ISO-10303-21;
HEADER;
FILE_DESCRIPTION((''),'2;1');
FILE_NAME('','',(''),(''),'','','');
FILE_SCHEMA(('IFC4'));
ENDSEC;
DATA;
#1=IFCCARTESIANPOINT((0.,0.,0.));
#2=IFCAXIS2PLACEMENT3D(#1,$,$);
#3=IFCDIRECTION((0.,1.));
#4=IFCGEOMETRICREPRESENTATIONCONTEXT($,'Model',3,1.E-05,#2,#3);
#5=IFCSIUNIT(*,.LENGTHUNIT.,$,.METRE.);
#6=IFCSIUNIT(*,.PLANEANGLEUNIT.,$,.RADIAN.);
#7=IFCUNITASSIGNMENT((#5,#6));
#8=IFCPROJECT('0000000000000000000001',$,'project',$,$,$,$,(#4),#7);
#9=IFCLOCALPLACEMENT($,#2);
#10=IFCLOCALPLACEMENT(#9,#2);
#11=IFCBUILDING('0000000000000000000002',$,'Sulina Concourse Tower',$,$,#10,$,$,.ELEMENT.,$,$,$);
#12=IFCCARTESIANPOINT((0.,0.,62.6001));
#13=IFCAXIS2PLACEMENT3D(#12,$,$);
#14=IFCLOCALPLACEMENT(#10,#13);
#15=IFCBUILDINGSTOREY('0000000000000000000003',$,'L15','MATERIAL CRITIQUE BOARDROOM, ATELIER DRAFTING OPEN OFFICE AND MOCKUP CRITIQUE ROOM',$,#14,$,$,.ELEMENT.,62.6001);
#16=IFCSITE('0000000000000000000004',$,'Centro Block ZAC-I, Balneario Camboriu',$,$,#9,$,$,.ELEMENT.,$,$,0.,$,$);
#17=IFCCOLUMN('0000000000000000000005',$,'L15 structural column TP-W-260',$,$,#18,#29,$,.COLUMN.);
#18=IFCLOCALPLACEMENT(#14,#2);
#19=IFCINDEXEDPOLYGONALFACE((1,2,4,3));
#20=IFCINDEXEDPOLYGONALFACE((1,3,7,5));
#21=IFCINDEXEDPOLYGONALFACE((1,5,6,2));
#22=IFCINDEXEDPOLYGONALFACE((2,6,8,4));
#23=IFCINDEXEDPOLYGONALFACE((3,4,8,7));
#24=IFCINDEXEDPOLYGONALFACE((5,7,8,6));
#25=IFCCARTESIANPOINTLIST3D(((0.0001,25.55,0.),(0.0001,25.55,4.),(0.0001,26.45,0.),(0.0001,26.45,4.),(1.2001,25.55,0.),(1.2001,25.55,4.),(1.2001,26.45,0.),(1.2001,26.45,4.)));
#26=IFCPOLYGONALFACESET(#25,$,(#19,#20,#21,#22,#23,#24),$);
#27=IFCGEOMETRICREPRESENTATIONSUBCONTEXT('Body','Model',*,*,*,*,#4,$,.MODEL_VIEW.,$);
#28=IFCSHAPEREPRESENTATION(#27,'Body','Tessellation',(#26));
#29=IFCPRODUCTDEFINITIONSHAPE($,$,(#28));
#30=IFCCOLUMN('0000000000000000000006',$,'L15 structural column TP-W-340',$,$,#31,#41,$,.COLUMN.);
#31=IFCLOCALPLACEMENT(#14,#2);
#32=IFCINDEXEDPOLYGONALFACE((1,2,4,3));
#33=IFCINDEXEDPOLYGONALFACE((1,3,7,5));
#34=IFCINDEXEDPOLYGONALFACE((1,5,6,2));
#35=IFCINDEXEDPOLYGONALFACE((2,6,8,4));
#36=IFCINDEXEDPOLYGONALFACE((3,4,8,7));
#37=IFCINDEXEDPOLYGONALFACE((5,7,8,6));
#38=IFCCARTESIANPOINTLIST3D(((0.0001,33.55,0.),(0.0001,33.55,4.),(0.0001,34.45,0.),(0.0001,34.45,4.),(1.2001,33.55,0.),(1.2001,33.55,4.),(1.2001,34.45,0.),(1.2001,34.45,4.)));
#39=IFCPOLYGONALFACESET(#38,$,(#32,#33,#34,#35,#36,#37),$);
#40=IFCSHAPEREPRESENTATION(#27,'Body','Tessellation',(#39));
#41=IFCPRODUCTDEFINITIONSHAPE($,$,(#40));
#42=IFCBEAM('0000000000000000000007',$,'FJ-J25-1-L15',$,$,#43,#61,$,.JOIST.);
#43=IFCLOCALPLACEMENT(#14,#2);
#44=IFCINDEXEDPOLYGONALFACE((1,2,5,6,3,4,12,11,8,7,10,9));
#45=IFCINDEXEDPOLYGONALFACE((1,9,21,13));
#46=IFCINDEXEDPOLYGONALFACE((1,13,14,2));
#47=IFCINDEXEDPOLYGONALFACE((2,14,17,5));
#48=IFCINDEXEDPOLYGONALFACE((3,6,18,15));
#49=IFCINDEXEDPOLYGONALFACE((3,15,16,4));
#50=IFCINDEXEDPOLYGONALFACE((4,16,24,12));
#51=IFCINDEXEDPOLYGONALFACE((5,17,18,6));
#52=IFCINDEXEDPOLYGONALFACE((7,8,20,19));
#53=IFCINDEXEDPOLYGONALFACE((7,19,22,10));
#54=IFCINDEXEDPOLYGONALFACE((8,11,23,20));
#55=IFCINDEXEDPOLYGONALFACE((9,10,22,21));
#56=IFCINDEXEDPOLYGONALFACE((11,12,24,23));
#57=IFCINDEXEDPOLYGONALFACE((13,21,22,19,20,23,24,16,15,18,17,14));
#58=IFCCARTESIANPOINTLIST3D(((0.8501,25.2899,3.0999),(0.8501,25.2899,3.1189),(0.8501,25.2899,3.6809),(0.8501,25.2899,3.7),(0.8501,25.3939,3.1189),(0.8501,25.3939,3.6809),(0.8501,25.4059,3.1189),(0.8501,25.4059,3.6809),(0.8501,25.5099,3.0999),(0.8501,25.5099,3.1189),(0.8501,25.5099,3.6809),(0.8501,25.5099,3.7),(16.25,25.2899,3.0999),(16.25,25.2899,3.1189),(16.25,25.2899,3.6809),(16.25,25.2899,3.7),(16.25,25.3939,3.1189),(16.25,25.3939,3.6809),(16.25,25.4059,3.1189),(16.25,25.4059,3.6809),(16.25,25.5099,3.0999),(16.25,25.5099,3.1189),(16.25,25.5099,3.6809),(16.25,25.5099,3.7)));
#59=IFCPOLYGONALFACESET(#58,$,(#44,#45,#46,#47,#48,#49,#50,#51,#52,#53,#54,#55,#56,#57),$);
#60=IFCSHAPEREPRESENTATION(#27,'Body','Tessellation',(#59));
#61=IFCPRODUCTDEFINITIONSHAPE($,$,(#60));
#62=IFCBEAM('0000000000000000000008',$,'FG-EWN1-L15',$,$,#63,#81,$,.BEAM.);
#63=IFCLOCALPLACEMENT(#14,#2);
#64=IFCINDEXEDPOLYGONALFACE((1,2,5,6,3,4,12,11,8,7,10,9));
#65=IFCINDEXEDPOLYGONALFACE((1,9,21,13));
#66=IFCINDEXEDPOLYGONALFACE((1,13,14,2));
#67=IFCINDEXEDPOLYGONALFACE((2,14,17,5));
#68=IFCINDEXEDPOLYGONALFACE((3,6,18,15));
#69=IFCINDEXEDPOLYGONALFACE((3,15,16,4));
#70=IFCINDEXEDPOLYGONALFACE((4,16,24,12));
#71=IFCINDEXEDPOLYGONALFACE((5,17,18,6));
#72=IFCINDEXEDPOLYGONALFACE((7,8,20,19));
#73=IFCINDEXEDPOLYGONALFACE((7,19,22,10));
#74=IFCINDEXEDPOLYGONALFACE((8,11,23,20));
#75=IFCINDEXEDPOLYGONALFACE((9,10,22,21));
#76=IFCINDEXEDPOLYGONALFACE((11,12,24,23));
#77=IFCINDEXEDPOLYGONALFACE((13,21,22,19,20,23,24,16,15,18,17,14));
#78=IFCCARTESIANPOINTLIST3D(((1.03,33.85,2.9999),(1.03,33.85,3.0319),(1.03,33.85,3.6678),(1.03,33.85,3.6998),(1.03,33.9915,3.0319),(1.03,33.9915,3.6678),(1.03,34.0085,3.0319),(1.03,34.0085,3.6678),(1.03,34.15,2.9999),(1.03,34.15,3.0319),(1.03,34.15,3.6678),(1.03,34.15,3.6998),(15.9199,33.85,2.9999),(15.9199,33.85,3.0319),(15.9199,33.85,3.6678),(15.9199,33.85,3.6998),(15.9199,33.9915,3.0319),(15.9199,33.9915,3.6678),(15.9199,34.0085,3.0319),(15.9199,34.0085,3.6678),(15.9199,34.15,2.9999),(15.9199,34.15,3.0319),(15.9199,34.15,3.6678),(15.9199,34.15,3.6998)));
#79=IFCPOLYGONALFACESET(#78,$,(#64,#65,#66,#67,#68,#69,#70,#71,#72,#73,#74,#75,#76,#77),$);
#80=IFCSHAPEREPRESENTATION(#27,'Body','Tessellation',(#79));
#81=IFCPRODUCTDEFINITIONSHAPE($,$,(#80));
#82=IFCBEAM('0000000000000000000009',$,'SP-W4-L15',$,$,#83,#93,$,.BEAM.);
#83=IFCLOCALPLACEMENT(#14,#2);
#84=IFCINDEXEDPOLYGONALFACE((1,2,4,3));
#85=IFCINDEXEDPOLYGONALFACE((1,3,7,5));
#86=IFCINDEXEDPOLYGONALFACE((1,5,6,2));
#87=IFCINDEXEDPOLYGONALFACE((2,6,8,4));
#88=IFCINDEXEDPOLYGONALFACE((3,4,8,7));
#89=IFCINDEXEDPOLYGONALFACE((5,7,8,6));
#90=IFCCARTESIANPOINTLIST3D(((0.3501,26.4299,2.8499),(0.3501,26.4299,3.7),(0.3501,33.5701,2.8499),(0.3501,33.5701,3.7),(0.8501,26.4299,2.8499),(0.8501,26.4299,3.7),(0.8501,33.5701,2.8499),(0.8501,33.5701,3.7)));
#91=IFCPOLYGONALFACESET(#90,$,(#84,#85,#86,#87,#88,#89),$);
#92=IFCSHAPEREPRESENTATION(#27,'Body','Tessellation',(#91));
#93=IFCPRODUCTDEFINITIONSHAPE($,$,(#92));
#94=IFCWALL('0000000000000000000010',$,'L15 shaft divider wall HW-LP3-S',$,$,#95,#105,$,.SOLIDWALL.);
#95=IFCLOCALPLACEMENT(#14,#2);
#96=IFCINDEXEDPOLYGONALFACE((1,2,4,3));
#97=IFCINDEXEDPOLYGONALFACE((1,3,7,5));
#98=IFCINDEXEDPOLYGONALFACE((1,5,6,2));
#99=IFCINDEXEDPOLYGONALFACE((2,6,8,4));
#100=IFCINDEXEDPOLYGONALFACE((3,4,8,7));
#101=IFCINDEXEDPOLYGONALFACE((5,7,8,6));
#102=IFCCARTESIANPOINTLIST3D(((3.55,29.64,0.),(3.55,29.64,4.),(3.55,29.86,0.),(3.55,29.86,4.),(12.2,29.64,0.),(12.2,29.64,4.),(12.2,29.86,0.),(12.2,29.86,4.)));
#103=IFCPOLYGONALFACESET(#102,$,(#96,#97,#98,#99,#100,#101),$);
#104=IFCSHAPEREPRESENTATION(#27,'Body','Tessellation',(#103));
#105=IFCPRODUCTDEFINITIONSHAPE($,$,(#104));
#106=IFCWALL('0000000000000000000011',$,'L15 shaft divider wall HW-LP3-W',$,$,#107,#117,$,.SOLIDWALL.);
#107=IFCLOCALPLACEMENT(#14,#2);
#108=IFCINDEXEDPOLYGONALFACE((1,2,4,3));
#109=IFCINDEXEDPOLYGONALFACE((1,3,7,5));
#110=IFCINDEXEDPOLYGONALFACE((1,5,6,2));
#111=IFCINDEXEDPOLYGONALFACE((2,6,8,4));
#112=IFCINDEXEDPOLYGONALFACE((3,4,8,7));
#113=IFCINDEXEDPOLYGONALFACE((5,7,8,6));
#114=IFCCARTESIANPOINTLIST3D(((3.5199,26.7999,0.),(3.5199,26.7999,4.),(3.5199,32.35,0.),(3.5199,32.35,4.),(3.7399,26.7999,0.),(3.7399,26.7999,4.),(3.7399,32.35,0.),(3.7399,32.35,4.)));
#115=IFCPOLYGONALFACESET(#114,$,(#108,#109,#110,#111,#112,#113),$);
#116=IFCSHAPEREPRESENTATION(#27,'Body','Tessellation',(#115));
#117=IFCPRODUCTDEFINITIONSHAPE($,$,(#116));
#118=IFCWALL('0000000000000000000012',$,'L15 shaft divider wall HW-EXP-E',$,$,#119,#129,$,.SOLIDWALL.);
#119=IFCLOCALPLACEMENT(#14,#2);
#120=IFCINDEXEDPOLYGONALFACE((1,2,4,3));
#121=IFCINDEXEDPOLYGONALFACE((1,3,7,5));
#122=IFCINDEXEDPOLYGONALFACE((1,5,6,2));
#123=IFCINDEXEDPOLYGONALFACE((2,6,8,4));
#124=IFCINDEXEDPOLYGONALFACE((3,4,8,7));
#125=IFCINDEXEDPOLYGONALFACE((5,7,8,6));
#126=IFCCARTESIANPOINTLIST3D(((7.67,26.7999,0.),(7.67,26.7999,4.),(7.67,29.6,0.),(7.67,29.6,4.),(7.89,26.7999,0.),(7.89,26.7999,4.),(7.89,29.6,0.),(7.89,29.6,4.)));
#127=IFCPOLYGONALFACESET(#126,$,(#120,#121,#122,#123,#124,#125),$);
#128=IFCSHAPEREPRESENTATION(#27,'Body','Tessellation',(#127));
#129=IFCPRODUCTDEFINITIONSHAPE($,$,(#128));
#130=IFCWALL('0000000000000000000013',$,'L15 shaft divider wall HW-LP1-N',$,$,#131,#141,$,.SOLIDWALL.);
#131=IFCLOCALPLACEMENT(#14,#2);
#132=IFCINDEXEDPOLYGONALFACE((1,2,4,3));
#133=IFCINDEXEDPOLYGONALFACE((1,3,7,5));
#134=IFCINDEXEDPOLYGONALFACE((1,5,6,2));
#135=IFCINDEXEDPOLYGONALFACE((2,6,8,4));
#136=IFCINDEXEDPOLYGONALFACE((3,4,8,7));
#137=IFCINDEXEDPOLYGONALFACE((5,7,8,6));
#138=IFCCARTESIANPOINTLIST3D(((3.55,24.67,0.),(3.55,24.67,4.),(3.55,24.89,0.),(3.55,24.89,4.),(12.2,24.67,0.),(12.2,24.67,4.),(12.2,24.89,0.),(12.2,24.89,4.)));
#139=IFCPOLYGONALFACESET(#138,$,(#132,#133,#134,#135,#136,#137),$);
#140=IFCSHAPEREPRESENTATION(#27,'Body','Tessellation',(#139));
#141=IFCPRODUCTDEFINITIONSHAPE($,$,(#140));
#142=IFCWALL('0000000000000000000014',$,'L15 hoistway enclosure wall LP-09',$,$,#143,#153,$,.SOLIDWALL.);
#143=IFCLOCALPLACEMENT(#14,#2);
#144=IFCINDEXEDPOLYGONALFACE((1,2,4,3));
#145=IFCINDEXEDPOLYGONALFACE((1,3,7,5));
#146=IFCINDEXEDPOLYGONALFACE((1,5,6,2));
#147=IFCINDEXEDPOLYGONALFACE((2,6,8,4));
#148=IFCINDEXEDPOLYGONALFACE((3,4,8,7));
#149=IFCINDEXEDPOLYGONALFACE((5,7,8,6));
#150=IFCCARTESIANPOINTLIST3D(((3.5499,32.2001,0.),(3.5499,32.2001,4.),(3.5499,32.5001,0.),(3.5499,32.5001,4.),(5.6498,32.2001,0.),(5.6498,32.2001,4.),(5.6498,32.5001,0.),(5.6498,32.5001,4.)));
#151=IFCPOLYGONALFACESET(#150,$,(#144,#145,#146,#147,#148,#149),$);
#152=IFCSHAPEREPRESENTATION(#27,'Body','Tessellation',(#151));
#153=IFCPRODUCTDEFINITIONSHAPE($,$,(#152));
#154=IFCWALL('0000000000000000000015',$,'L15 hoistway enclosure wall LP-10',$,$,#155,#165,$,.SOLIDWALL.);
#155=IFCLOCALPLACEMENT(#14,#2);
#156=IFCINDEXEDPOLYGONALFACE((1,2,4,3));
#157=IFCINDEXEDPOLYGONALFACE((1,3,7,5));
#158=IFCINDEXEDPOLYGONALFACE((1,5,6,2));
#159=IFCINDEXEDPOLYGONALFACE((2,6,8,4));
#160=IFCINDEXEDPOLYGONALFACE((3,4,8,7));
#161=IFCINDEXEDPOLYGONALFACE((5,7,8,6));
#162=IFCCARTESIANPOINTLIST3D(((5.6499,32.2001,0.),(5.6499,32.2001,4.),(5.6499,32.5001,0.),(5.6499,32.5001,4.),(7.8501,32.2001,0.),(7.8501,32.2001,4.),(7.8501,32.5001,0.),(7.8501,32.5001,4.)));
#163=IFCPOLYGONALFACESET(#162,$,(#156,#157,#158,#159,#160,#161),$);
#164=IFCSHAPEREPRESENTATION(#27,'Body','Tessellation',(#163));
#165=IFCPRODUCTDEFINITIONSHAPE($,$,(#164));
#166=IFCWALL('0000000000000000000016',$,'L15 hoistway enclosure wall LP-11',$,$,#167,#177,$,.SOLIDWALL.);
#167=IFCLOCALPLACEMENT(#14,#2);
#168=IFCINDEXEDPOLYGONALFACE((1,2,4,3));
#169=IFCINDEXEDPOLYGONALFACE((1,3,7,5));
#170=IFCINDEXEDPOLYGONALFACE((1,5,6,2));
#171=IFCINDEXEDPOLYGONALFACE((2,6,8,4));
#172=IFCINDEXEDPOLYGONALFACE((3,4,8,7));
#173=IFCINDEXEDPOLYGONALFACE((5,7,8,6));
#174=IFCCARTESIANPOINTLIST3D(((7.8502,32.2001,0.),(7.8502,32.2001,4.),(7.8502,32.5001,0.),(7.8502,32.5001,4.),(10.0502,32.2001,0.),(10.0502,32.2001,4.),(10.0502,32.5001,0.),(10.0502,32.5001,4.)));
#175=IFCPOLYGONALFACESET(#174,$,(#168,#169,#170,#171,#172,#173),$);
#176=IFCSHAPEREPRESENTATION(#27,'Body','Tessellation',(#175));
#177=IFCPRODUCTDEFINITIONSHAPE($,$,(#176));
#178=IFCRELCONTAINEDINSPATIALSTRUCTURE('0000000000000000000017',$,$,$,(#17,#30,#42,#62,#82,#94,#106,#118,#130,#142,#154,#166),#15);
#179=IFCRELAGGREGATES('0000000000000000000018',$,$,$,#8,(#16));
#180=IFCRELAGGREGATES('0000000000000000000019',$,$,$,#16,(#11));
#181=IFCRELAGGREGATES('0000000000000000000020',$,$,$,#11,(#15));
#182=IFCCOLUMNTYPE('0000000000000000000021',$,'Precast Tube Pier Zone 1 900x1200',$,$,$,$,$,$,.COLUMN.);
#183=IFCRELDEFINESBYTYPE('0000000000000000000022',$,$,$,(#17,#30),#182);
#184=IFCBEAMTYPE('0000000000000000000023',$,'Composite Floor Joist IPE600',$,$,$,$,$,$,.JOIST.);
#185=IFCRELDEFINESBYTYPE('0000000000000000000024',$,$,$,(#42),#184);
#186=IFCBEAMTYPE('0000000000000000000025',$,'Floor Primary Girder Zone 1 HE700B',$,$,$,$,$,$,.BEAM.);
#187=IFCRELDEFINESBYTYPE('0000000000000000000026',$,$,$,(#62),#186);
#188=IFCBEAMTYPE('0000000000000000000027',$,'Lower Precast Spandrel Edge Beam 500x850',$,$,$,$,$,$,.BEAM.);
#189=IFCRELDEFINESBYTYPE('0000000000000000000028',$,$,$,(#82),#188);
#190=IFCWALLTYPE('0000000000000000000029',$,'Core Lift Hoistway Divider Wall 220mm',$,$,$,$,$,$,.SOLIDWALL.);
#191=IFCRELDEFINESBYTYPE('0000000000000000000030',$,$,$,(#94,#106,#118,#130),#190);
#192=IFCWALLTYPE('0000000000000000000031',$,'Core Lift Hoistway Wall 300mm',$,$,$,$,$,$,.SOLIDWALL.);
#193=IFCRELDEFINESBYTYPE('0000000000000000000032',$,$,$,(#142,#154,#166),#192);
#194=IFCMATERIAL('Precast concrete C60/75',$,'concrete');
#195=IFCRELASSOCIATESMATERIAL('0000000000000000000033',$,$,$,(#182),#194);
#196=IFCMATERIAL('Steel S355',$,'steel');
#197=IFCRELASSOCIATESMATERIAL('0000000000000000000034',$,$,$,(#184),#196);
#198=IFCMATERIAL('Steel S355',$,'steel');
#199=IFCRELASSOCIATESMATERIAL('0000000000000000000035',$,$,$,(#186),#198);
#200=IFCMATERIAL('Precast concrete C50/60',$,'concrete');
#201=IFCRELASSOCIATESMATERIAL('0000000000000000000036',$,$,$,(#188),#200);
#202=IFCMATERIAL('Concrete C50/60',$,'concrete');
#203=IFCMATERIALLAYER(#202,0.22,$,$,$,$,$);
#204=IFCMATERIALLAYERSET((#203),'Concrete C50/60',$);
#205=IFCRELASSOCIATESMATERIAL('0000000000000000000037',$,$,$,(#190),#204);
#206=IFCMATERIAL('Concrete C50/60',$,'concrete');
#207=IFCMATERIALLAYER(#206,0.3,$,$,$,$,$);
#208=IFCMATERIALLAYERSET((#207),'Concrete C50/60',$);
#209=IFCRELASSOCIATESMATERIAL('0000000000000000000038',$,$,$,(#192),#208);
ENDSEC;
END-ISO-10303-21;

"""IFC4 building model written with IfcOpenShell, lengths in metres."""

from ifc_helpers import new_model, si_unit, direction, frame, frame_2d, origin, origin_2d, place, context, subcontext, project, spatial, rectangle, i_section, extrude, material, layer, layer_set, material_profile, profile_set, type_object, element, save


model = new_model("IFC4")

# Units and contexts
model_context = context("Model", 3, precision=1e-05, world=origin(), true_north=direction((0.0, 1.0)))
body_context = subcontext(model_context, "Body", "Model", "MODEL_VIEW")
ifc_project = project(units=[si_unit("LENGTHUNIT", "METRE"), si_unit("PLANEANGLEUNIT", "RADIAN")], contexts=[model_context])

# Site, building, storey
site_placement = place(None, origin())
site = spatial("IfcSite", under=ifc_project, at=site_placement, Name="Centro Block ZAC-I, Balneario Camboriu", CompositionType="ELEMENT", RefElevation=0.0)
building_placement = place(site_placement, origin())
building = spatial("IfcBuilding", under=site, at=building_placement, Name="Sulina Concourse Tower", CompositionType="ELEMENT")
storey_placement = place(building_placement, frame((0.0, 0.0, 62.6001)))
storey = spatial("IfcBuildingStorey", under=building, at=storey_placement, Name="L15", Description="MATERIAL CRITIQUE BOARDROOM, ATELIER DRAFTING OPEN OFFICE AND MOCKUP CRITIQUE ROOM", CompositionType="ELEMENT", Elevation=62.6001)

# Columns
ifc_material_1 = material(Name="Precast concrete C60/75", Category="concrete")
ifc_material_profile_1 = material_profile(ifc_material_1, rectangle(XDim=0.8999, YDim=1.2, at=origin_2d()), Name="PC 900x1200")
ifc_profile_set_1 = profile_set([ifc_material_profile_1], Name="Precast concrete C60/75")
column_type = type_object("IfcColumnType", Name="Precast Tube Pier Zone 1 900x1200", PredefinedType="COLUMN", material=ifc_profile_set_1)
for number, where, z_axis, x_axis, name in (
    (1, (0.6001, 26.0, 0.0), (0.0, 0.0, 1.0), (0.0, 1.0, 0.0), "L15 structural column TP-W-260"),
    (2, (0.6001, 34.0, 0.0), (0.0, 0.0, 1.0), (0.0, 1.0, 0.0), "L15 structural column TP-W-340"),
):
    element("IfcColumn", number, at=place(storey_placement, frame(where, z_axis=z_axis, x_axis=x_axis)), inside=storey, type_object=column_type, Name=name, PredefinedType="COLUMN", context=body_context, shape_type="SweptSolid", body=[
        extrude(rectangle(XDim=0.8999, YDim=1.2, at=origin_2d()), origin(), (0.0, 0.0, 1.0), 4.0),
    ])

# Beams
ifc_material_2 = material(Name="Steel S355", Category="steel")
ifc_material_profile_2 = material_profile(ifc_material_2, i_section(OverallWidth=0.22, OverallDepth=0.6001, WebThickness=0.012, FlangeThickness=0.019, at=origin_2d()), Name="IPE 600")
ifc_profile_set_2 = profile_set([ifc_material_profile_2], Name="Steel S355")
beam_type_1 = type_object("IfcBeamType", Name="Composite Floor Joist IPE600", PredefinedType="JOIST", material=ifc_profile_set_2)
beam_1_placement = place(storey_placement, frame((0.8501, 25.3999, 3.3999), z_axis=(1.0, 0.0, 0.0), x_axis=(0.0, 1.0, 0.0)))
element("IfcBeam", 3, at=beam_1_placement, inside=storey, type_object=beam_type_1, Name="FJ-J25-1-L15", PredefinedType="JOIST", context=body_context, shape_type="SweptSolid", body=[
    extrude(i_section(OverallWidth=0.22, OverallDepth=0.6001, WebThickness=0.012, FlangeThickness=0.019, at=origin_2d()), origin(), (0.0, 0.0, 1.0), 15.3999),
])
ifc_material_3 = material(Name="Steel S355", Category="steel")
ifc_material_profile_3 = material_profile(ifc_material_3, i_section(OverallWidth=0.3, OverallDepth=0.7, WebThickness=0.0171, FlangeThickness=0.032, at=origin_2d()), Name="HE 700 B")
ifc_profile_set_3 = profile_set([ifc_material_profile_3], Name="Steel S355")
beam_type_2 = type_object("IfcBeamType", Name="Floor Primary Girder Zone 1 HE700B", PredefinedType="BEAM", material=ifc_profile_set_3)
beam_2_placement = place(storey_placement, frame((1.03, 34.0, 3.3499), z_axis=(1.0, 0.0, 0.0), x_axis=(0.0, 1.0, 0.0)))
element("IfcBeam", 4, at=beam_2_placement, inside=storey, type_object=beam_type_2, Name="FG-EWN1-L15", PredefinedType="BEAM", context=body_context, shape_type="SweptSolid", body=[
    extrude(i_section(OverallWidth=0.3, OverallDepth=0.7, WebThickness=0.0171, FlangeThickness=0.032, at=origin_2d()), origin(), (0.0, 0.0, 1.0), 14.8899),
])
ifc_material_4 = material(Name="Precast concrete C50/60", Category="concrete")
ifc_material_profile_4 = material_profile(ifc_material_4, rectangle(XDim=0.5, YDim=0.8501, at=origin_2d()), Name="RC 500x850")
ifc_profile_set_4 = profile_set([ifc_material_profile_4], Name="Precast concrete C50/60")
beam_type_3 = type_object("IfcBeamType", Name="Lower Precast Spandrel Edge Beam 500x850", PredefinedType="BEAM", material=ifc_profile_set_4)
beam_3_placement = place(storey_placement, frame((0.6001, 26.4299, 3.2749), z_axis=(0.0, 1.0, 0.0), x_axis=(-1.0, 0.0, 0.0)))
element("IfcBeam", 5, at=beam_3_placement, inside=storey, type_object=beam_type_3, Name="SP-W4-L15", PredefinedType="BEAM", context=body_context, shape_type="SweptSolid", body=[
    extrude(rectangle(XDim=0.5, YDim=0.8501, at=origin_2d()), origin(), (0.0, 0.0, 1.0), 7.1401),
])

# Walls
ifc_material_5 = material(Name="Concrete C50/60", Category="concrete")
ifc_layer_1 = layer(ifc_material_5, 0.22)
ifc_layer_set_1 = layer_set([ifc_layer_1], Name="Concrete C50/60")
wall_type_1 = type_object("IfcWallType", Name="Core Lift Hoistway Divider Wall 220mm", PredefinedType="SOLIDWALL", material=ifc_layer_set_1)
wall_1_placement = place(storey_placement, frame((3.55, 29.75, 0.0), z_axis=(0.0, 0.0, 1.0), x_axis=(1.0, 0.0, 0.0)))
element("IfcWall", 6, at=wall_1_placement, inside=storey, type_object=wall_type_1, Name="L15 shaft divider wall HW-LP3-S", PredefinedType="SOLIDWALL", context=body_context, shape_type="SweptSolid", body=[
    extrude(rectangle(XDim=8.6499, YDim=0.22, at=frame_2d((4.325, 0.0))), origin(), (0.0, 0.0, 1.0), 4.0),
])
wall_2_placement = place(storey_placement, frame((3.6299, 26.8, 0.0), z_axis=(0.0, 0.0, 1.0), x_axis=(0.0, 1.0, 0.0)))
element("IfcWall", 7, at=wall_2_placement, inside=storey, type_object=wall_type_1, Name="L15 shaft divider wall HW-LP3-W", PredefinedType="SOLIDWALL", context=body_context, shape_type="SweptSolid", body=[
    extrude(rectangle(XDim=5.55, YDim=0.22, at=frame_2d((2.7749, 0.0))), origin(), (0.0, 0.0, 1.0), 4.0),
])
wall_3_placement = place(storey_placement, frame((7.78, 26.8, 0.0), z_axis=(0.0, 0.0, 1.0), x_axis=(0.0, 1.0, 0.0)))
element("IfcWall", 8, at=wall_3_placement, inside=storey, type_object=wall_type_1, Name="L15 shaft divider wall HW-EXP-E", PredefinedType="SOLIDWALL", context=body_context, shape_type="SweptSolid", body=[
    extrude(rectangle(XDim=2.8, YDim=0.22, at=frame_2d((1.3999, 0.0))), origin(), (0.0, 0.0, 1.0), 4.0),
])
wall_4_placement = place(storey_placement, frame((3.55, 24.78, 0.0), z_axis=(0.0, 0.0, 1.0), x_axis=(1.0, 0.0, 0.0)))
element("IfcWall", 9, at=wall_4_placement, inside=storey, type_object=wall_type_1, Name="L15 shaft divider wall HW-LP1-N", PredefinedType="SOLIDWALL", context=body_context, shape_type="SweptSolid", body=[
    extrude(rectangle(XDim=8.6499, YDim=0.22, at=frame_2d((4.325, 0.0))), origin(), (0.0, 0.0, 1.0), 4.0),
])
ifc_material_6 = material(Name="Concrete C50/60", Category="concrete")
ifc_layer_2 = layer(ifc_material_6, 0.3)
ifc_layer_set_2 = layer_set([ifc_layer_2], Name="Concrete C50/60")
wall_type_2 = type_object("IfcWallType", Name="Core Lift Hoistway Wall 300mm", PredefinedType="SOLIDWALL", material=ifc_layer_set_2)
wall_5_placement = place(storey_placement, frame((3.55, 32.3501, 0.0), z_axis=(0.0, 0.0, 1.0), x_axis=(1.0, 0.0, 0.0)))
element("IfcWall", 10, at=wall_5_placement, inside=storey, type_object=wall_type_2, Name="L15 hoistway enclosure wall LP-09", PredefinedType="SOLIDWALL", context=body_context, shape_type="SweptSolid", body=[
    extrude(rectangle(XDim=2.0999, YDim=0.3, at=frame_2d((1.0498, 0.0))), origin(), (0.0, 0.0, 1.0), 4.0),
])
wall_6_placement = place(storey_placement, frame((5.6499, 32.3501, 0.0), z_axis=(0.0, 0.0, 1.0), x_axis=(1.0, 0.0, 0.0)))
element("IfcWall", 11, at=wall_6_placement, inside=storey, type_object=wall_type_2, Name="L15 hoistway enclosure wall LP-10", PredefinedType="SOLIDWALL", context=body_context, shape_type="SweptSolid", body=[
    extrude(rectangle(XDim=2.2002, YDim=0.3, at=frame_2d((1.1001, 0.0))), origin(), (0.0, 0.0, 1.0), 4.0),
])
wall_7_placement = place(storey_placement, frame((7.8501, 32.3501, 0.0), z_axis=(0.0, 0.0, 1.0), x_axis=(1.0, 0.0, 0.0)))
element("IfcWall", 12, at=wall_7_placement, inside=storey, type_object=wall_type_2, Name="L15 hoistway enclosure wall LP-11", PredefinedType="SOLIDWALL", context=body_context, shape_type="SweptSolid", body=[
    extrude(rectangle(XDim=2.2, YDim=0.3, at=frame_2d((1.1001, 0.0))), origin(), (0.0, 0.0, 1.0), 4.0),
])

save(model, "model.ifc")
